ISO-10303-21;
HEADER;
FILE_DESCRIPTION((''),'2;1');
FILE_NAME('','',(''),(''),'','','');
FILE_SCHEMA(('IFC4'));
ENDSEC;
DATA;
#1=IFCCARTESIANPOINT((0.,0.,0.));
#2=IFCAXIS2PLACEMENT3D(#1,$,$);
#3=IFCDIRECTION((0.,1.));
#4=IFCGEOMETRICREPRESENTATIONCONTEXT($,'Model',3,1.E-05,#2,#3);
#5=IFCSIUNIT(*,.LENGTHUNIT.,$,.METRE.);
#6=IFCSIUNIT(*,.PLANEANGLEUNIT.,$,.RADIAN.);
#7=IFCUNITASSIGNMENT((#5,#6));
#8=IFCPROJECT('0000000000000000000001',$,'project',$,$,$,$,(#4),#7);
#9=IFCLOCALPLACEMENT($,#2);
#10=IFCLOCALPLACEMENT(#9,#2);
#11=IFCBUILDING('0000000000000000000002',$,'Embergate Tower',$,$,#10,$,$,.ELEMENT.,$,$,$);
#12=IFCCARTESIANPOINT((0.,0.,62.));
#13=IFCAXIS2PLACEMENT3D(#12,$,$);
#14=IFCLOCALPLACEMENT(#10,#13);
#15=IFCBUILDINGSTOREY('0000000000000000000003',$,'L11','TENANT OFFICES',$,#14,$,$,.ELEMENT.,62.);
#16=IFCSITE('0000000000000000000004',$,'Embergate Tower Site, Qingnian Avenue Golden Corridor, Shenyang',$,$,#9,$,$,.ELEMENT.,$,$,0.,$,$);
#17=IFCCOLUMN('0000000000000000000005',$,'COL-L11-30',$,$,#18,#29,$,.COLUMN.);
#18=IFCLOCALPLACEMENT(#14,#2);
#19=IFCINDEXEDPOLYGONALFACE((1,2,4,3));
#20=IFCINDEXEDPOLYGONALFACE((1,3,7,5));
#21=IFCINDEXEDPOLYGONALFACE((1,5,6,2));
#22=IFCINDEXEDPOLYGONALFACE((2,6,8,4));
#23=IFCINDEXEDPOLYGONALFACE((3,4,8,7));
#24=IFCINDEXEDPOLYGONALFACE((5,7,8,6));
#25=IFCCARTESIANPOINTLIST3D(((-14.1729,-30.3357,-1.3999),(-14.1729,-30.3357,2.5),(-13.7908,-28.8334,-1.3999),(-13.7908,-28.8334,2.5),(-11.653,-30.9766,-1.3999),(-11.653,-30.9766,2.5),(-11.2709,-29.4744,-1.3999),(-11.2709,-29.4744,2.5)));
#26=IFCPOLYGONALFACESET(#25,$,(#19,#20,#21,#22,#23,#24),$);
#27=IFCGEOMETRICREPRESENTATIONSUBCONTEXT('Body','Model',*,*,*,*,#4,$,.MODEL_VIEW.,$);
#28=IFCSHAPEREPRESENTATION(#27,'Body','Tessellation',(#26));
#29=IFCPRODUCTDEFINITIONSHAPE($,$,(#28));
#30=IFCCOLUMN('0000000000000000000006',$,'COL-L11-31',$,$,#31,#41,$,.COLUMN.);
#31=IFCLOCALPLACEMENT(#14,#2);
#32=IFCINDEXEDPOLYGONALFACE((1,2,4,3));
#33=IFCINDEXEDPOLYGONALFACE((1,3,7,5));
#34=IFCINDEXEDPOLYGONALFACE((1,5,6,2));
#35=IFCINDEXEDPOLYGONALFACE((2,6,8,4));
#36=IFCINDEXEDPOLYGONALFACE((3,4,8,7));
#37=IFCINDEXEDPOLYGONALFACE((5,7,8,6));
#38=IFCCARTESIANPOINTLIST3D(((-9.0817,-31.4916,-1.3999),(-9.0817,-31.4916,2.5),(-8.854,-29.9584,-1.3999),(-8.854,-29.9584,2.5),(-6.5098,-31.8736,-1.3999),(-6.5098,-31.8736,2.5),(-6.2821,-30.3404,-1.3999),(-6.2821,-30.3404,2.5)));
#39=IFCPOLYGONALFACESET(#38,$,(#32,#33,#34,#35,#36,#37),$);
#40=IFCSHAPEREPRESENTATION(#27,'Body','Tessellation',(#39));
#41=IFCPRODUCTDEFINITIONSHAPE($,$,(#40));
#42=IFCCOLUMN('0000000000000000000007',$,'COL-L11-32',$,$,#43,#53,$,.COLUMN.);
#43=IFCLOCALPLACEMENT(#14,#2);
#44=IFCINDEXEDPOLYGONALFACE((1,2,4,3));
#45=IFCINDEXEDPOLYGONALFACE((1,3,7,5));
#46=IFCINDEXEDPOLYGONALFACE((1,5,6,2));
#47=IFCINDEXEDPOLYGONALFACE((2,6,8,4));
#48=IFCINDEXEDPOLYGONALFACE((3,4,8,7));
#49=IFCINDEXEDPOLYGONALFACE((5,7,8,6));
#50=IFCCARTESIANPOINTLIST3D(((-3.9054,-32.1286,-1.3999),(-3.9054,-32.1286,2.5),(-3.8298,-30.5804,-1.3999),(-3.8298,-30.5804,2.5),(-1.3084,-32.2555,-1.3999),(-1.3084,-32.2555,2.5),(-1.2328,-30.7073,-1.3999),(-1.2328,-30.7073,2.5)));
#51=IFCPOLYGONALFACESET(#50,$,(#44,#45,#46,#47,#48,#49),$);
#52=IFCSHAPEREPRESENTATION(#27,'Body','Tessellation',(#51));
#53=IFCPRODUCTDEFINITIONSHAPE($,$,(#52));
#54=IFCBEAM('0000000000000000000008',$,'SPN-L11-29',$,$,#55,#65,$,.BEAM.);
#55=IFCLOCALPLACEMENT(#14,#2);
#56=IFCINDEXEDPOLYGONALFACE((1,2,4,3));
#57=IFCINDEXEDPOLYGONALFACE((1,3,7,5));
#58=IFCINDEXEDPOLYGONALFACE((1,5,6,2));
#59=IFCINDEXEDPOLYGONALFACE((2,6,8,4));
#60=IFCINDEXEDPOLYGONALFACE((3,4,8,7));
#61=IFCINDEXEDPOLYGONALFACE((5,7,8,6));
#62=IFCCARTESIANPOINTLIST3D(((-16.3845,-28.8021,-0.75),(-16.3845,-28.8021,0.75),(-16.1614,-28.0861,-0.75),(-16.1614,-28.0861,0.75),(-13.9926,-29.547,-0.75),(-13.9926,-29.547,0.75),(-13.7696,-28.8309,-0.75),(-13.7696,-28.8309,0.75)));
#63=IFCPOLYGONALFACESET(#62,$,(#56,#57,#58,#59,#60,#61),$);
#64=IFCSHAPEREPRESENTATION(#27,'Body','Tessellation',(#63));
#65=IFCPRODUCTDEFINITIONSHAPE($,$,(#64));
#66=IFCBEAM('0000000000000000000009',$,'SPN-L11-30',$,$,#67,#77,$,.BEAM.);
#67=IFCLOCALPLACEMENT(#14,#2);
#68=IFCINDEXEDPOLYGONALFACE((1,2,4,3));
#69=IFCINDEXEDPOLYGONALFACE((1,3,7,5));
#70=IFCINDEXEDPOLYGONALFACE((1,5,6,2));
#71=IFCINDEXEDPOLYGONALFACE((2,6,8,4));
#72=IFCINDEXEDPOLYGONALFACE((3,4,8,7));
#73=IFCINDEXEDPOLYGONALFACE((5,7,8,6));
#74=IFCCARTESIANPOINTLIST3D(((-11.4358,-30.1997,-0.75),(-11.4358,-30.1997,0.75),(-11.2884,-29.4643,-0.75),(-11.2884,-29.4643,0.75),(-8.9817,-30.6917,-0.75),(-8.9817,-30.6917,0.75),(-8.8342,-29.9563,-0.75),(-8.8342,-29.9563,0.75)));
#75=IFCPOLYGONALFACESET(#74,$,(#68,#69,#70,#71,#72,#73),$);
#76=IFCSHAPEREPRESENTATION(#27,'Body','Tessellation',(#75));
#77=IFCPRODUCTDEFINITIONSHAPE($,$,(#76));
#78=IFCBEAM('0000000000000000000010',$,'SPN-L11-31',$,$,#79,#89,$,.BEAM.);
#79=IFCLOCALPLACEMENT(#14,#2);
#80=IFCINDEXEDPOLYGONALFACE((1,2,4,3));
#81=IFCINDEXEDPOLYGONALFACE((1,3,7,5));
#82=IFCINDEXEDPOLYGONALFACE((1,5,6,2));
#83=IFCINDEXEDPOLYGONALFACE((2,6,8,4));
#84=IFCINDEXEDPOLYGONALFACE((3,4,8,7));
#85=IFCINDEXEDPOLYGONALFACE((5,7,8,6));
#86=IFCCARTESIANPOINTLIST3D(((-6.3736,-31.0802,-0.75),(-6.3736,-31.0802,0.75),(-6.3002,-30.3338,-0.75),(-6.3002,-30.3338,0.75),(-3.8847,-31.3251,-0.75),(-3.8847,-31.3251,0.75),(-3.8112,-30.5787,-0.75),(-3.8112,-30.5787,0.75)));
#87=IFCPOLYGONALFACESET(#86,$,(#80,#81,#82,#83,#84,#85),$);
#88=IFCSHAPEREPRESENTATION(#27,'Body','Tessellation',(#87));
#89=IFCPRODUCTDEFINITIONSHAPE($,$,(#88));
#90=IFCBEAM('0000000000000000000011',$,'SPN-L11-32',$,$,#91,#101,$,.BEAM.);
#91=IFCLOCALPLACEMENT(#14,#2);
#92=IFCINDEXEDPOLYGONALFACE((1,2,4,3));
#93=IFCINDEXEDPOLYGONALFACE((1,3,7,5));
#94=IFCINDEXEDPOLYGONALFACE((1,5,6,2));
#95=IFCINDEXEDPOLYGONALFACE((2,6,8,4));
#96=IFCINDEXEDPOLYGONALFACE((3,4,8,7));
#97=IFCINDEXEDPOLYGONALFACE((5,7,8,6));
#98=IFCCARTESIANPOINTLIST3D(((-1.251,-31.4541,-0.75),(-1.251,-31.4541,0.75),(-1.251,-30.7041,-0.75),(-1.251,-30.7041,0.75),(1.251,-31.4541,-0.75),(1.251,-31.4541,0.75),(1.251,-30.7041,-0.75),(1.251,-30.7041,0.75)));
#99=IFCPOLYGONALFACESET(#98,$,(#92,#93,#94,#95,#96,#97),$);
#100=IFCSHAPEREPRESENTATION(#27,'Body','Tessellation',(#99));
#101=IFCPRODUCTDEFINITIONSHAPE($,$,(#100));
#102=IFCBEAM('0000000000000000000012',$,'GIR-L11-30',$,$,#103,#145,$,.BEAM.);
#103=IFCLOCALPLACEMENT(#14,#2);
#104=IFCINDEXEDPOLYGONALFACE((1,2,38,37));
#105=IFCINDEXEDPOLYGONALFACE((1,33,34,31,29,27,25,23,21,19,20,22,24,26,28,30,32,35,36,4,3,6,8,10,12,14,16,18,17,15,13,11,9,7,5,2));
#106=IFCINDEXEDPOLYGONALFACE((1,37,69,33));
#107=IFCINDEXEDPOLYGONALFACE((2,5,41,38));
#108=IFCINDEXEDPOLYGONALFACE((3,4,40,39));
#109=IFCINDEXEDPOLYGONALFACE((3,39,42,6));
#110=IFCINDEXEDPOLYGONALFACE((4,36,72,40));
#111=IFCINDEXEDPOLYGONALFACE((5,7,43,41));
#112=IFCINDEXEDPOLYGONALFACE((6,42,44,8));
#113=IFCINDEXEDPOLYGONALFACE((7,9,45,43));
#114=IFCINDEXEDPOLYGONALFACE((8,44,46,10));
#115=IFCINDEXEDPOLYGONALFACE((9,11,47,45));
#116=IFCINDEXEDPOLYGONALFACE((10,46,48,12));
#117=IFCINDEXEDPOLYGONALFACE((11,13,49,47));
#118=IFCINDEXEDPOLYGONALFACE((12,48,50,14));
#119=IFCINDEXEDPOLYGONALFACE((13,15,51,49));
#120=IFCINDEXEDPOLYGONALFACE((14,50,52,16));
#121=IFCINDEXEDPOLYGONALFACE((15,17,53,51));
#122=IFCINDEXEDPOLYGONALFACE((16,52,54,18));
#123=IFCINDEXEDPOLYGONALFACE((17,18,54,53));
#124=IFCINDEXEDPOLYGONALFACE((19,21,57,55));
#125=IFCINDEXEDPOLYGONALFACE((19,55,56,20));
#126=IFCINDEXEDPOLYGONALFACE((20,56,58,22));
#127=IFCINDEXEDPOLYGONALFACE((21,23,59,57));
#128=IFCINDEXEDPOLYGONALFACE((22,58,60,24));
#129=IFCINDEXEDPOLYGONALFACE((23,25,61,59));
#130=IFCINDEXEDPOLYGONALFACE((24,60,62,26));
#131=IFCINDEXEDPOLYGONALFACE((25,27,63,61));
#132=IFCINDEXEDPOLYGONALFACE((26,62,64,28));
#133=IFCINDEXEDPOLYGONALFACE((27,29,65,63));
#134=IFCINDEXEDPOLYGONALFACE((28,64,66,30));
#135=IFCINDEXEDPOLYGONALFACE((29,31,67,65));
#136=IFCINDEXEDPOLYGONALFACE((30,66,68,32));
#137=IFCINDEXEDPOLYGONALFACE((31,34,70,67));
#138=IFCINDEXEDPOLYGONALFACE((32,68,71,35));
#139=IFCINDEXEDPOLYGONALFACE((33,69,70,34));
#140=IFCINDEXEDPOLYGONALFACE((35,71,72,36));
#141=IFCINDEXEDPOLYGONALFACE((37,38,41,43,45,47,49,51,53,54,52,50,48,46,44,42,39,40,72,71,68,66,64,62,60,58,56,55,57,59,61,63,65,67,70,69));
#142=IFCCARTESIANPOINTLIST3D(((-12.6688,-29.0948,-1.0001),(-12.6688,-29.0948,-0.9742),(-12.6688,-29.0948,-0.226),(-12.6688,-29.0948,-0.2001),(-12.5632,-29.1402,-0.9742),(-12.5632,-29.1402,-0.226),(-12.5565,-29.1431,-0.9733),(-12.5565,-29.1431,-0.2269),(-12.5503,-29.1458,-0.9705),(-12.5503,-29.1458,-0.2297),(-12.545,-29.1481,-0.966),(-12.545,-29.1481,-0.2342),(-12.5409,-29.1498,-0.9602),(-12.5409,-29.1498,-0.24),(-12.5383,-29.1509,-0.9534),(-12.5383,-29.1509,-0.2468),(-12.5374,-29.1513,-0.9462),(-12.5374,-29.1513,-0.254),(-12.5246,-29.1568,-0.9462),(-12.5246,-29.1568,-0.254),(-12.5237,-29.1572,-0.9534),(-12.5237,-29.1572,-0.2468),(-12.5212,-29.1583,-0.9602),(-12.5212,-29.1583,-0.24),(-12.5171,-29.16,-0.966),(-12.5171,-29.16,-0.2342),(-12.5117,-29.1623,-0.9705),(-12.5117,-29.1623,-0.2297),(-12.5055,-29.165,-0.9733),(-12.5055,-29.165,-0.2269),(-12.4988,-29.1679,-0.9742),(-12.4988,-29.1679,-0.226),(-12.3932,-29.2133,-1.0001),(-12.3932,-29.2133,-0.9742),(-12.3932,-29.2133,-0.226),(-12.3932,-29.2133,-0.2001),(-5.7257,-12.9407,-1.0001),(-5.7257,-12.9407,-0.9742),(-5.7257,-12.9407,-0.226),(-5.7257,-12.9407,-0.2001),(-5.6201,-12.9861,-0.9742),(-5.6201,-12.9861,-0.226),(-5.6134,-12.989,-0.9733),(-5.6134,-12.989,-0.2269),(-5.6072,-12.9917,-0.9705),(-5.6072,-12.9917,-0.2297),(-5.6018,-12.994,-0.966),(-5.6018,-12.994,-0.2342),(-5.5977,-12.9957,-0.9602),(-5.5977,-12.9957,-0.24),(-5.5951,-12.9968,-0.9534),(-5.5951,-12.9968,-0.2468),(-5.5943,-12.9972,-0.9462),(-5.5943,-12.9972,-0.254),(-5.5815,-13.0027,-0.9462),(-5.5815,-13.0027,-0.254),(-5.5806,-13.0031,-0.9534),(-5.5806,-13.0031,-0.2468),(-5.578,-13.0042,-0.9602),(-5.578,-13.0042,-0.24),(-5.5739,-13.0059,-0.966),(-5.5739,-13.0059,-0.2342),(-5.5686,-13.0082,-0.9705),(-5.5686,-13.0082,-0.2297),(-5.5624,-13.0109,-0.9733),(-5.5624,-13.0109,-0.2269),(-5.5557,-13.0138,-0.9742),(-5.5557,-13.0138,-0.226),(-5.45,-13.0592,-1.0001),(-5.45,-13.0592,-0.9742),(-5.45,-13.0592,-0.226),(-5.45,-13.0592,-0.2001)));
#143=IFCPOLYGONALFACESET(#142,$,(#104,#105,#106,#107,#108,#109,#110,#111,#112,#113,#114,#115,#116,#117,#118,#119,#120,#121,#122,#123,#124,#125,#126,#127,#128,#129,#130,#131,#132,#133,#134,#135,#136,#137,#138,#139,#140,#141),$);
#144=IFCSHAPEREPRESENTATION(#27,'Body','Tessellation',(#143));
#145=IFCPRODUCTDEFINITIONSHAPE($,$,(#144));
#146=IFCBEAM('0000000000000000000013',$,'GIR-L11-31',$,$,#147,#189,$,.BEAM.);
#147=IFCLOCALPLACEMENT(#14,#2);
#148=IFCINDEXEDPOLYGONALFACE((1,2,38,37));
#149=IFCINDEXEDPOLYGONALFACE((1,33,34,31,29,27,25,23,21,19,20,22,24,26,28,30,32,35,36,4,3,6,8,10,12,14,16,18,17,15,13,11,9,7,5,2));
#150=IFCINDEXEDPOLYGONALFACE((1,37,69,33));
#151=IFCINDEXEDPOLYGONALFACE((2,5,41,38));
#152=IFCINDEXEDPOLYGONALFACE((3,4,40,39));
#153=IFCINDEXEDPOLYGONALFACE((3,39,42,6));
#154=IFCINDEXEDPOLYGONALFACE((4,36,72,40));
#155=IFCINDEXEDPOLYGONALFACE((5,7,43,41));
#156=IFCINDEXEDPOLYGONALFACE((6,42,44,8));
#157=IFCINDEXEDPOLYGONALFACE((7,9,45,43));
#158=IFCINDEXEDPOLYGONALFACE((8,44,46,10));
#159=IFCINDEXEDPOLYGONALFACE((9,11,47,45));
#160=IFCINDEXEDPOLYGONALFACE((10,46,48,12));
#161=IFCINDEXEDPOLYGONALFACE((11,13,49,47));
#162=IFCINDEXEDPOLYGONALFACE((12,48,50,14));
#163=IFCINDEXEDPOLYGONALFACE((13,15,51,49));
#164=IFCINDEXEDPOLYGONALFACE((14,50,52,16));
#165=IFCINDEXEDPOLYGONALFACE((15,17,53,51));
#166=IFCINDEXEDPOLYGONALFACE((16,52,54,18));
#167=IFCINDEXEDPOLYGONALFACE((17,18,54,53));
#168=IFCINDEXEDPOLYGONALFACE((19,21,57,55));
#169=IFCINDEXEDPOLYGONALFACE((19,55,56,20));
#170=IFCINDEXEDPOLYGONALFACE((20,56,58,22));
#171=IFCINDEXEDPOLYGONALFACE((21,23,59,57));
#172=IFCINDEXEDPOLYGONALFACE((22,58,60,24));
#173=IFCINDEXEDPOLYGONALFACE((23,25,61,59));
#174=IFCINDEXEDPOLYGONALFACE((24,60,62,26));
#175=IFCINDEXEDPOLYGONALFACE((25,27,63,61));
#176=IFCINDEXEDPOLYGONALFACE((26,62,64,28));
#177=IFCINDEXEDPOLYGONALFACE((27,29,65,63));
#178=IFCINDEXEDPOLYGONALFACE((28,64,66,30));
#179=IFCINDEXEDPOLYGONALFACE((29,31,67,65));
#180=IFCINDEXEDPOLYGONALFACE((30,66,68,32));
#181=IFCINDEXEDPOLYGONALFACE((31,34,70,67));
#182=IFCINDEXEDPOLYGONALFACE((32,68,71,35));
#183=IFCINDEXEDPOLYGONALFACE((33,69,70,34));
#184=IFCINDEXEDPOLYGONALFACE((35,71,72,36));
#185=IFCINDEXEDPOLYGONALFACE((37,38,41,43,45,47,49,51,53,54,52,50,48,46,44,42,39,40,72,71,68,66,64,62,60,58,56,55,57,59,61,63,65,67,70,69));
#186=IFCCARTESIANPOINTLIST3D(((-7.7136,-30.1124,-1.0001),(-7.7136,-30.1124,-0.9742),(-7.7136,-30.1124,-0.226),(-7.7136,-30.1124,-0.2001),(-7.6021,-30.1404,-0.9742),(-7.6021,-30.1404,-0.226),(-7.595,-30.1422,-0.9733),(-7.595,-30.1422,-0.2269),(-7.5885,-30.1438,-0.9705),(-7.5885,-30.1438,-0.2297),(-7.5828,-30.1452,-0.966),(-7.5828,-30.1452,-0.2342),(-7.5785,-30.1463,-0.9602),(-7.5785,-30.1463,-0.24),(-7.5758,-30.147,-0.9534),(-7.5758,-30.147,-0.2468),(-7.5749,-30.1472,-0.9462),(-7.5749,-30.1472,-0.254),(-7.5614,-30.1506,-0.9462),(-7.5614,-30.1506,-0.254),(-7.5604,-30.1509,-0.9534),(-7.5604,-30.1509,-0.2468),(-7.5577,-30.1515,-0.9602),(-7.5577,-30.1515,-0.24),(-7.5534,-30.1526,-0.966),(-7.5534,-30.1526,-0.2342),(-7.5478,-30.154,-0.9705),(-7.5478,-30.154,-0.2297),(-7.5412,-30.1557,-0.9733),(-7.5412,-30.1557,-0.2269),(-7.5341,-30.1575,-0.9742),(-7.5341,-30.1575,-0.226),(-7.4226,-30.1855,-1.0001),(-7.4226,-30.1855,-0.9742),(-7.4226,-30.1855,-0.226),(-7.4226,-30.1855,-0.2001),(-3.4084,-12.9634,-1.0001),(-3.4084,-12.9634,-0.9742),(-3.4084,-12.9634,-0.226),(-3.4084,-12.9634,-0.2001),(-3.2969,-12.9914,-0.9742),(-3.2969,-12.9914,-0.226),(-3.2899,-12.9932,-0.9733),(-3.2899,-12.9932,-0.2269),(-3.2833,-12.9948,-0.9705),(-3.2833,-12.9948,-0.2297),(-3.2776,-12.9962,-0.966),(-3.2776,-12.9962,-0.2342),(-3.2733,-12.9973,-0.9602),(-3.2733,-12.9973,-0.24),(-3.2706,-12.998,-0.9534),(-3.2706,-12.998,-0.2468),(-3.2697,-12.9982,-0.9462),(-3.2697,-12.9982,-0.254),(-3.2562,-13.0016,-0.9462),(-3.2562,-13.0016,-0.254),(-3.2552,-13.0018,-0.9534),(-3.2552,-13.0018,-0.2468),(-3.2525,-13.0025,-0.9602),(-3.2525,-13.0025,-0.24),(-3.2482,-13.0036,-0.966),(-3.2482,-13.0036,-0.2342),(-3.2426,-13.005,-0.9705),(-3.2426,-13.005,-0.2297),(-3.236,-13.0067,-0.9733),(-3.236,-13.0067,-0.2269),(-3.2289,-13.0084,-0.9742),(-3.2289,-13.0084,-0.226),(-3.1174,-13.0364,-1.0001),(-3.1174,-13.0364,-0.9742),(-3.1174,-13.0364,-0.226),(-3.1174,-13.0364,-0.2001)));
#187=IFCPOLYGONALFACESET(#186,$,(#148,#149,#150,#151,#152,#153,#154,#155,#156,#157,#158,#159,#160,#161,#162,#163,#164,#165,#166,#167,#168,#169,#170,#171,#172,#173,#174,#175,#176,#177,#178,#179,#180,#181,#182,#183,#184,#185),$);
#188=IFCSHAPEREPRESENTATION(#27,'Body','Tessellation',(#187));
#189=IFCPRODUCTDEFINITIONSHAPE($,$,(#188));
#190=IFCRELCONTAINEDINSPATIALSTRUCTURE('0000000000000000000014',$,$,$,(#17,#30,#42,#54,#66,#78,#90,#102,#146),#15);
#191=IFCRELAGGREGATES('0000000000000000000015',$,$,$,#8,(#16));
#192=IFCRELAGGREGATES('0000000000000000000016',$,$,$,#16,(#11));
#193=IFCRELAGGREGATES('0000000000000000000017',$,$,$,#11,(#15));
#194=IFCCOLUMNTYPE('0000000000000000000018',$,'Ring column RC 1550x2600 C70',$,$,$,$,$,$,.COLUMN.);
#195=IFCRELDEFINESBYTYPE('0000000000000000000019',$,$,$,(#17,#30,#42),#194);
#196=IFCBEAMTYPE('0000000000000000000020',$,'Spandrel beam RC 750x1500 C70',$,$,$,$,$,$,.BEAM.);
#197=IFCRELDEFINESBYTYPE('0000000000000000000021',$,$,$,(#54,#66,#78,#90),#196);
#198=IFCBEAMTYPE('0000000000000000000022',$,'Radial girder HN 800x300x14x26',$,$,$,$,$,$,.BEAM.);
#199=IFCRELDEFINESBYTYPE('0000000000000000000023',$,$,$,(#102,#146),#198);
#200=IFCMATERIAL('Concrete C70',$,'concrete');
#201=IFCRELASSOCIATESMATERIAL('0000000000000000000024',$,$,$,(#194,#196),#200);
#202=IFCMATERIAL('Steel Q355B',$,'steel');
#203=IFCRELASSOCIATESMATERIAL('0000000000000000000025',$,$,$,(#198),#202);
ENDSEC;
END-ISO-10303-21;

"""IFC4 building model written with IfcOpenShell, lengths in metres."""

from ifc_helpers import new_model, si_unit, direction, frame, origin, origin_2d, place, context, subcontext, project, spatial, rectangle, i_section, extrude, source, transform, mapped, material, material_profile, profile_set, type_object, element, save


model = new_model("IFC4")

# Units and contexts
model_context = context("Model", 3, precision=1e-05, world=origin(), true_north=direction((0.0, 1.0)))
body_context = subcontext(model_context, "Body", "Model", "MODEL_VIEW")
ifc_project = project(units=[si_unit("LENGTHUNIT", "METRE"), si_unit("PLANEANGLEUNIT", "RADIAN")], contexts=[model_context])

# Site, building, storey
site_placement = place(None, origin())
site = spatial("IfcSite", under=ifc_project, at=site_placement, Name="Embergate Tower Site, Qingnian Avenue Golden Corridor, Shenyang", CompositionType="ELEMENT", RefElevation=0.0)
building_placement = place(site_placement, origin())
building = spatial("IfcBuilding", under=site, at=building_placement, Name="Embergate Tower", CompositionType="ELEMENT")
storey_placement = place(building_placement, frame((0.0, 0.0, 62.0)))
storey = spatial("IfcBuildingStorey", under=building, at=storey_placement, Name="L11", Description="TENANT OFFICES", CompositionType="ELEMENT", Elevation=62.0)

# Columns
ifc_material_1 = material(Name="Concrete C70", Category="concrete")
ifc_material_profile_1 = material_profile(ifc_material_1, rectangle(XDim=1.55, YDim=2.6001, at=origin_2d()), Name="RC 1550x2600")
ifc_profile_set_1 = profile_set([ifc_material_profile_1], Name="Concrete C70")
column_type = type_object("IfcColumnType", Name="Ring column RC 1550x2600 C70", PredefinedType="COLUMN", material=ifc_profile_set_1)
shared_shape_1 = source(origin(), body_context, "Body", "SweptSolid", [
    extrude(rectangle(XDim=1.55, YDim=2.6001, at=origin_2d()), origin(), (0.0, 0.0, 1.0), 3.8999),
])
for number, where, z_axis, x_axis, name in (
    (1, (-12.7219, -29.905, -1.3999), (0.0, 0.0, 1.0), (-0.246509, -0.969141, 0.0), "COL-L11-30"),
    (2, (-7.6819, -30.916, -1.3999), (0.0, 0.0, 1.0), (-0.146929, -0.989147, 0.0), "COL-L11-31"),
    (3, (-2.5691, -31.418, -1.3999), (0.0, 0.0, 1.0), (-0.048815, -0.998808, 0.0), "COL-L11-32"),
):
    element("IfcColumn", number, at=place(storey_placement, frame(where, z_axis=z_axis, x_axis=x_axis)), inside=storey, type_object=column_type, Name=name, PredefinedType="COLUMN", context=body_context, shape_type="MappedRepresentation", body=[
        mapped(shared_shape_1, transform((0.0, 0.0, 0.0))),
    ])

# Beams
ifc_material_profile_2 = material_profile(ifc_material_1, rectangle(XDim=0.75, YDim=1.5, at=origin_2d()), Name="RC 750x1500")
ifc_profile_set_2 = profile_set([ifc_material_profile_2], Name="Concrete C70")
beam_type_1 = type_object("IfcBeamType", Name="Spandrel beam RC 750x1500 C70", PredefinedType="BEAM", material=ifc_profile_set_2)
shared_shape_2 = source(origin(), body_context, "Body", "SweptSolid", [
    extrude(rectangle(XDim=0.75, YDim=1.5, at=origin_2d()), origin(), (0.0, 0.0, 1.0), 2.5051),
])
beam_1_placement = place(storey_placement, frame((-16.2729, -28.4441, 0.0), z_axis=(0.954773, -0.297337, 0.0), x_axis=(0.297337, 0.954773, 0.0)))
element("IfcBeam", 4, at=beam_1_placement, inside=storey, type_object=beam_type_1, Name="SPN-L11-29", PredefinedType="BEAM", context=body_context, shape_type="MappedRepresentation", body=[
    mapped(shared_shape_2, transform((0.0, 0.0, 0.0))),
])
shared_shape_3 = source(origin(), body_context, "Body", "SweptSolid", [
    extrude(rectangle(XDim=0.75, YDim=1.5, at=origin_2d()), origin(), (0.0, 0.0, 1.0), 2.5029),
])
beam_2_placement = place(storey_placement, frame((-11.3621, -29.832, 0.0), z_axis=(0.980494, -0.196548, 0.0), x_axis=(0.196548, 0.980494, 0.0)))
element("IfcBeam", 5, at=beam_2_placement, inside=storey, type_object=beam_type_1, Name="SPN-L11-30", PredefinedType="BEAM", context=body_context, shape_type="MappedRepresentation", body=[
    mapped(shared_shape_3, transform((0.0, 0.0, 0.0))),
])
shared_shape_4 = source(origin(), body_context, "Body", "SweptSolid", [
    extrude(rectangle(XDim=0.75, YDim=1.5, at=origin_2d()), origin(), (0.0, 0.0, 1.0), 2.501),
])
beam_3_placement = place(storey_placement, frame((-6.3369, -30.707, 0.0), z_axis=(0.995195, -0.097909, 0.0), x_axis=(0.097909, 0.995195, 0.0)))
element("IfcBeam", 6, at=beam_3_placement, inside=storey, type_object=beam_type_1, Name="SPN-L11-31", PredefinedType="BEAM", context=body_context, shape_type="MappedRepresentation", body=[
    mapped(shared_shape_4, transform((0.0, 0.0, 0.0))),
])
shared_shape_5 = source(origin(), body_context, "Body", "SweptSolid", [
    extrude(rectangle(XDim=0.75, YDim=1.5, at=origin_2d()), origin(), (0.0, 0.0, 1.0), 2.502),
])
beam_4_placement = place(storey_placement, frame((-1.251, -31.0791, 0.0), z_axis=(1.0, 0.0, 0.0), x_axis=(0.0, 1.0, 0.0)))
element("IfcBeam", 7, at=beam_4_placement, inside=storey, type_object=beam_type_1, Name="SPN-L11-32", PredefinedType="BEAM", context=body_context, shape_type="MappedRepresentation", body=[
    mapped(shared_shape_5, transform((0.0, 0.0, 0.0))),
])
ifc_material_2 = material(Name="Steel Q355B", Category="steel")
ifc_material_profile_3 = material_profile(ifc_material_2, i_section(OverallWidth=0.3, OverallDepth=0.8, WebThickness=0.0139, FlangeThickness=0.0259, FilletRadius=0.0281, at=origin_2d()), Name="HN 800x300x14x26")
ifc_profile_set_3 = profile_set([ifc_material_profile_3], Name="Steel Q355 grade B")
beam_type_2 = type_object("IfcBeamType", Name="Radial girder HN 800x300x14x26", PredefinedType="BEAM", material=ifc_profile_set_3)
shared_shape_6 = source(origin(), body_context, "Body", "SweptSolid", [
    extrude(i_section(OverallWidth=0.3, OverallDepth=0.8, WebThickness=0.0139, FlangeThickness=0.0259, FilletRadius=0.0281, at=origin_2d()), origin(), (0.0, 0.0, 1.0), 17.583),
])
beam_5_placement = place(storey_placement, frame((-12.531, -29.1541, -0.6001), z_axis=(0.394878, 0.918734, 0.0), x_axis=(-0.918734, 0.394878, 0.0)))
element("IfcBeam", 8, at=beam_5_placement, inside=storey, type_object=beam_type_2, Name="GIR-L11-30", PredefinedType="BEAM", context=body_context, shape_type="MappedRepresentation", body=[
    mapped(shared_shape_6, transform((0.0, 0.0, 0.0))),
])
shared_shape_7 = source(origin(), body_context, "Body", "SweptSolid", [
    extrude(i_section(OverallWidth=0.3, OverallDepth=0.8, WebThickness=0.0139, FlangeThickness=0.0259, FilletRadius=0.0281, at=origin_2d()), origin(), (0.0, 0.0, 1.0), 17.6812),
])
beam_6_placement = place(storey_placement, frame((-7.5681, -30.1489, -0.6001), z_axis=(0.243491, 0.969903, 0.0), x_axis=(-0.969903, 0.243491, 0.0)))
element("IfcBeam", 9, at=beam_6_placement, inside=storey, type_object=beam_type_2, Name="GIR-L11-31", PredefinedType="BEAM", context=body_context, shape_type="MappedRepresentation", body=[
    mapped(shared_shape_7, transform((0.0, 0.0, 0.0))),
])

save(model, "model.ifc")
